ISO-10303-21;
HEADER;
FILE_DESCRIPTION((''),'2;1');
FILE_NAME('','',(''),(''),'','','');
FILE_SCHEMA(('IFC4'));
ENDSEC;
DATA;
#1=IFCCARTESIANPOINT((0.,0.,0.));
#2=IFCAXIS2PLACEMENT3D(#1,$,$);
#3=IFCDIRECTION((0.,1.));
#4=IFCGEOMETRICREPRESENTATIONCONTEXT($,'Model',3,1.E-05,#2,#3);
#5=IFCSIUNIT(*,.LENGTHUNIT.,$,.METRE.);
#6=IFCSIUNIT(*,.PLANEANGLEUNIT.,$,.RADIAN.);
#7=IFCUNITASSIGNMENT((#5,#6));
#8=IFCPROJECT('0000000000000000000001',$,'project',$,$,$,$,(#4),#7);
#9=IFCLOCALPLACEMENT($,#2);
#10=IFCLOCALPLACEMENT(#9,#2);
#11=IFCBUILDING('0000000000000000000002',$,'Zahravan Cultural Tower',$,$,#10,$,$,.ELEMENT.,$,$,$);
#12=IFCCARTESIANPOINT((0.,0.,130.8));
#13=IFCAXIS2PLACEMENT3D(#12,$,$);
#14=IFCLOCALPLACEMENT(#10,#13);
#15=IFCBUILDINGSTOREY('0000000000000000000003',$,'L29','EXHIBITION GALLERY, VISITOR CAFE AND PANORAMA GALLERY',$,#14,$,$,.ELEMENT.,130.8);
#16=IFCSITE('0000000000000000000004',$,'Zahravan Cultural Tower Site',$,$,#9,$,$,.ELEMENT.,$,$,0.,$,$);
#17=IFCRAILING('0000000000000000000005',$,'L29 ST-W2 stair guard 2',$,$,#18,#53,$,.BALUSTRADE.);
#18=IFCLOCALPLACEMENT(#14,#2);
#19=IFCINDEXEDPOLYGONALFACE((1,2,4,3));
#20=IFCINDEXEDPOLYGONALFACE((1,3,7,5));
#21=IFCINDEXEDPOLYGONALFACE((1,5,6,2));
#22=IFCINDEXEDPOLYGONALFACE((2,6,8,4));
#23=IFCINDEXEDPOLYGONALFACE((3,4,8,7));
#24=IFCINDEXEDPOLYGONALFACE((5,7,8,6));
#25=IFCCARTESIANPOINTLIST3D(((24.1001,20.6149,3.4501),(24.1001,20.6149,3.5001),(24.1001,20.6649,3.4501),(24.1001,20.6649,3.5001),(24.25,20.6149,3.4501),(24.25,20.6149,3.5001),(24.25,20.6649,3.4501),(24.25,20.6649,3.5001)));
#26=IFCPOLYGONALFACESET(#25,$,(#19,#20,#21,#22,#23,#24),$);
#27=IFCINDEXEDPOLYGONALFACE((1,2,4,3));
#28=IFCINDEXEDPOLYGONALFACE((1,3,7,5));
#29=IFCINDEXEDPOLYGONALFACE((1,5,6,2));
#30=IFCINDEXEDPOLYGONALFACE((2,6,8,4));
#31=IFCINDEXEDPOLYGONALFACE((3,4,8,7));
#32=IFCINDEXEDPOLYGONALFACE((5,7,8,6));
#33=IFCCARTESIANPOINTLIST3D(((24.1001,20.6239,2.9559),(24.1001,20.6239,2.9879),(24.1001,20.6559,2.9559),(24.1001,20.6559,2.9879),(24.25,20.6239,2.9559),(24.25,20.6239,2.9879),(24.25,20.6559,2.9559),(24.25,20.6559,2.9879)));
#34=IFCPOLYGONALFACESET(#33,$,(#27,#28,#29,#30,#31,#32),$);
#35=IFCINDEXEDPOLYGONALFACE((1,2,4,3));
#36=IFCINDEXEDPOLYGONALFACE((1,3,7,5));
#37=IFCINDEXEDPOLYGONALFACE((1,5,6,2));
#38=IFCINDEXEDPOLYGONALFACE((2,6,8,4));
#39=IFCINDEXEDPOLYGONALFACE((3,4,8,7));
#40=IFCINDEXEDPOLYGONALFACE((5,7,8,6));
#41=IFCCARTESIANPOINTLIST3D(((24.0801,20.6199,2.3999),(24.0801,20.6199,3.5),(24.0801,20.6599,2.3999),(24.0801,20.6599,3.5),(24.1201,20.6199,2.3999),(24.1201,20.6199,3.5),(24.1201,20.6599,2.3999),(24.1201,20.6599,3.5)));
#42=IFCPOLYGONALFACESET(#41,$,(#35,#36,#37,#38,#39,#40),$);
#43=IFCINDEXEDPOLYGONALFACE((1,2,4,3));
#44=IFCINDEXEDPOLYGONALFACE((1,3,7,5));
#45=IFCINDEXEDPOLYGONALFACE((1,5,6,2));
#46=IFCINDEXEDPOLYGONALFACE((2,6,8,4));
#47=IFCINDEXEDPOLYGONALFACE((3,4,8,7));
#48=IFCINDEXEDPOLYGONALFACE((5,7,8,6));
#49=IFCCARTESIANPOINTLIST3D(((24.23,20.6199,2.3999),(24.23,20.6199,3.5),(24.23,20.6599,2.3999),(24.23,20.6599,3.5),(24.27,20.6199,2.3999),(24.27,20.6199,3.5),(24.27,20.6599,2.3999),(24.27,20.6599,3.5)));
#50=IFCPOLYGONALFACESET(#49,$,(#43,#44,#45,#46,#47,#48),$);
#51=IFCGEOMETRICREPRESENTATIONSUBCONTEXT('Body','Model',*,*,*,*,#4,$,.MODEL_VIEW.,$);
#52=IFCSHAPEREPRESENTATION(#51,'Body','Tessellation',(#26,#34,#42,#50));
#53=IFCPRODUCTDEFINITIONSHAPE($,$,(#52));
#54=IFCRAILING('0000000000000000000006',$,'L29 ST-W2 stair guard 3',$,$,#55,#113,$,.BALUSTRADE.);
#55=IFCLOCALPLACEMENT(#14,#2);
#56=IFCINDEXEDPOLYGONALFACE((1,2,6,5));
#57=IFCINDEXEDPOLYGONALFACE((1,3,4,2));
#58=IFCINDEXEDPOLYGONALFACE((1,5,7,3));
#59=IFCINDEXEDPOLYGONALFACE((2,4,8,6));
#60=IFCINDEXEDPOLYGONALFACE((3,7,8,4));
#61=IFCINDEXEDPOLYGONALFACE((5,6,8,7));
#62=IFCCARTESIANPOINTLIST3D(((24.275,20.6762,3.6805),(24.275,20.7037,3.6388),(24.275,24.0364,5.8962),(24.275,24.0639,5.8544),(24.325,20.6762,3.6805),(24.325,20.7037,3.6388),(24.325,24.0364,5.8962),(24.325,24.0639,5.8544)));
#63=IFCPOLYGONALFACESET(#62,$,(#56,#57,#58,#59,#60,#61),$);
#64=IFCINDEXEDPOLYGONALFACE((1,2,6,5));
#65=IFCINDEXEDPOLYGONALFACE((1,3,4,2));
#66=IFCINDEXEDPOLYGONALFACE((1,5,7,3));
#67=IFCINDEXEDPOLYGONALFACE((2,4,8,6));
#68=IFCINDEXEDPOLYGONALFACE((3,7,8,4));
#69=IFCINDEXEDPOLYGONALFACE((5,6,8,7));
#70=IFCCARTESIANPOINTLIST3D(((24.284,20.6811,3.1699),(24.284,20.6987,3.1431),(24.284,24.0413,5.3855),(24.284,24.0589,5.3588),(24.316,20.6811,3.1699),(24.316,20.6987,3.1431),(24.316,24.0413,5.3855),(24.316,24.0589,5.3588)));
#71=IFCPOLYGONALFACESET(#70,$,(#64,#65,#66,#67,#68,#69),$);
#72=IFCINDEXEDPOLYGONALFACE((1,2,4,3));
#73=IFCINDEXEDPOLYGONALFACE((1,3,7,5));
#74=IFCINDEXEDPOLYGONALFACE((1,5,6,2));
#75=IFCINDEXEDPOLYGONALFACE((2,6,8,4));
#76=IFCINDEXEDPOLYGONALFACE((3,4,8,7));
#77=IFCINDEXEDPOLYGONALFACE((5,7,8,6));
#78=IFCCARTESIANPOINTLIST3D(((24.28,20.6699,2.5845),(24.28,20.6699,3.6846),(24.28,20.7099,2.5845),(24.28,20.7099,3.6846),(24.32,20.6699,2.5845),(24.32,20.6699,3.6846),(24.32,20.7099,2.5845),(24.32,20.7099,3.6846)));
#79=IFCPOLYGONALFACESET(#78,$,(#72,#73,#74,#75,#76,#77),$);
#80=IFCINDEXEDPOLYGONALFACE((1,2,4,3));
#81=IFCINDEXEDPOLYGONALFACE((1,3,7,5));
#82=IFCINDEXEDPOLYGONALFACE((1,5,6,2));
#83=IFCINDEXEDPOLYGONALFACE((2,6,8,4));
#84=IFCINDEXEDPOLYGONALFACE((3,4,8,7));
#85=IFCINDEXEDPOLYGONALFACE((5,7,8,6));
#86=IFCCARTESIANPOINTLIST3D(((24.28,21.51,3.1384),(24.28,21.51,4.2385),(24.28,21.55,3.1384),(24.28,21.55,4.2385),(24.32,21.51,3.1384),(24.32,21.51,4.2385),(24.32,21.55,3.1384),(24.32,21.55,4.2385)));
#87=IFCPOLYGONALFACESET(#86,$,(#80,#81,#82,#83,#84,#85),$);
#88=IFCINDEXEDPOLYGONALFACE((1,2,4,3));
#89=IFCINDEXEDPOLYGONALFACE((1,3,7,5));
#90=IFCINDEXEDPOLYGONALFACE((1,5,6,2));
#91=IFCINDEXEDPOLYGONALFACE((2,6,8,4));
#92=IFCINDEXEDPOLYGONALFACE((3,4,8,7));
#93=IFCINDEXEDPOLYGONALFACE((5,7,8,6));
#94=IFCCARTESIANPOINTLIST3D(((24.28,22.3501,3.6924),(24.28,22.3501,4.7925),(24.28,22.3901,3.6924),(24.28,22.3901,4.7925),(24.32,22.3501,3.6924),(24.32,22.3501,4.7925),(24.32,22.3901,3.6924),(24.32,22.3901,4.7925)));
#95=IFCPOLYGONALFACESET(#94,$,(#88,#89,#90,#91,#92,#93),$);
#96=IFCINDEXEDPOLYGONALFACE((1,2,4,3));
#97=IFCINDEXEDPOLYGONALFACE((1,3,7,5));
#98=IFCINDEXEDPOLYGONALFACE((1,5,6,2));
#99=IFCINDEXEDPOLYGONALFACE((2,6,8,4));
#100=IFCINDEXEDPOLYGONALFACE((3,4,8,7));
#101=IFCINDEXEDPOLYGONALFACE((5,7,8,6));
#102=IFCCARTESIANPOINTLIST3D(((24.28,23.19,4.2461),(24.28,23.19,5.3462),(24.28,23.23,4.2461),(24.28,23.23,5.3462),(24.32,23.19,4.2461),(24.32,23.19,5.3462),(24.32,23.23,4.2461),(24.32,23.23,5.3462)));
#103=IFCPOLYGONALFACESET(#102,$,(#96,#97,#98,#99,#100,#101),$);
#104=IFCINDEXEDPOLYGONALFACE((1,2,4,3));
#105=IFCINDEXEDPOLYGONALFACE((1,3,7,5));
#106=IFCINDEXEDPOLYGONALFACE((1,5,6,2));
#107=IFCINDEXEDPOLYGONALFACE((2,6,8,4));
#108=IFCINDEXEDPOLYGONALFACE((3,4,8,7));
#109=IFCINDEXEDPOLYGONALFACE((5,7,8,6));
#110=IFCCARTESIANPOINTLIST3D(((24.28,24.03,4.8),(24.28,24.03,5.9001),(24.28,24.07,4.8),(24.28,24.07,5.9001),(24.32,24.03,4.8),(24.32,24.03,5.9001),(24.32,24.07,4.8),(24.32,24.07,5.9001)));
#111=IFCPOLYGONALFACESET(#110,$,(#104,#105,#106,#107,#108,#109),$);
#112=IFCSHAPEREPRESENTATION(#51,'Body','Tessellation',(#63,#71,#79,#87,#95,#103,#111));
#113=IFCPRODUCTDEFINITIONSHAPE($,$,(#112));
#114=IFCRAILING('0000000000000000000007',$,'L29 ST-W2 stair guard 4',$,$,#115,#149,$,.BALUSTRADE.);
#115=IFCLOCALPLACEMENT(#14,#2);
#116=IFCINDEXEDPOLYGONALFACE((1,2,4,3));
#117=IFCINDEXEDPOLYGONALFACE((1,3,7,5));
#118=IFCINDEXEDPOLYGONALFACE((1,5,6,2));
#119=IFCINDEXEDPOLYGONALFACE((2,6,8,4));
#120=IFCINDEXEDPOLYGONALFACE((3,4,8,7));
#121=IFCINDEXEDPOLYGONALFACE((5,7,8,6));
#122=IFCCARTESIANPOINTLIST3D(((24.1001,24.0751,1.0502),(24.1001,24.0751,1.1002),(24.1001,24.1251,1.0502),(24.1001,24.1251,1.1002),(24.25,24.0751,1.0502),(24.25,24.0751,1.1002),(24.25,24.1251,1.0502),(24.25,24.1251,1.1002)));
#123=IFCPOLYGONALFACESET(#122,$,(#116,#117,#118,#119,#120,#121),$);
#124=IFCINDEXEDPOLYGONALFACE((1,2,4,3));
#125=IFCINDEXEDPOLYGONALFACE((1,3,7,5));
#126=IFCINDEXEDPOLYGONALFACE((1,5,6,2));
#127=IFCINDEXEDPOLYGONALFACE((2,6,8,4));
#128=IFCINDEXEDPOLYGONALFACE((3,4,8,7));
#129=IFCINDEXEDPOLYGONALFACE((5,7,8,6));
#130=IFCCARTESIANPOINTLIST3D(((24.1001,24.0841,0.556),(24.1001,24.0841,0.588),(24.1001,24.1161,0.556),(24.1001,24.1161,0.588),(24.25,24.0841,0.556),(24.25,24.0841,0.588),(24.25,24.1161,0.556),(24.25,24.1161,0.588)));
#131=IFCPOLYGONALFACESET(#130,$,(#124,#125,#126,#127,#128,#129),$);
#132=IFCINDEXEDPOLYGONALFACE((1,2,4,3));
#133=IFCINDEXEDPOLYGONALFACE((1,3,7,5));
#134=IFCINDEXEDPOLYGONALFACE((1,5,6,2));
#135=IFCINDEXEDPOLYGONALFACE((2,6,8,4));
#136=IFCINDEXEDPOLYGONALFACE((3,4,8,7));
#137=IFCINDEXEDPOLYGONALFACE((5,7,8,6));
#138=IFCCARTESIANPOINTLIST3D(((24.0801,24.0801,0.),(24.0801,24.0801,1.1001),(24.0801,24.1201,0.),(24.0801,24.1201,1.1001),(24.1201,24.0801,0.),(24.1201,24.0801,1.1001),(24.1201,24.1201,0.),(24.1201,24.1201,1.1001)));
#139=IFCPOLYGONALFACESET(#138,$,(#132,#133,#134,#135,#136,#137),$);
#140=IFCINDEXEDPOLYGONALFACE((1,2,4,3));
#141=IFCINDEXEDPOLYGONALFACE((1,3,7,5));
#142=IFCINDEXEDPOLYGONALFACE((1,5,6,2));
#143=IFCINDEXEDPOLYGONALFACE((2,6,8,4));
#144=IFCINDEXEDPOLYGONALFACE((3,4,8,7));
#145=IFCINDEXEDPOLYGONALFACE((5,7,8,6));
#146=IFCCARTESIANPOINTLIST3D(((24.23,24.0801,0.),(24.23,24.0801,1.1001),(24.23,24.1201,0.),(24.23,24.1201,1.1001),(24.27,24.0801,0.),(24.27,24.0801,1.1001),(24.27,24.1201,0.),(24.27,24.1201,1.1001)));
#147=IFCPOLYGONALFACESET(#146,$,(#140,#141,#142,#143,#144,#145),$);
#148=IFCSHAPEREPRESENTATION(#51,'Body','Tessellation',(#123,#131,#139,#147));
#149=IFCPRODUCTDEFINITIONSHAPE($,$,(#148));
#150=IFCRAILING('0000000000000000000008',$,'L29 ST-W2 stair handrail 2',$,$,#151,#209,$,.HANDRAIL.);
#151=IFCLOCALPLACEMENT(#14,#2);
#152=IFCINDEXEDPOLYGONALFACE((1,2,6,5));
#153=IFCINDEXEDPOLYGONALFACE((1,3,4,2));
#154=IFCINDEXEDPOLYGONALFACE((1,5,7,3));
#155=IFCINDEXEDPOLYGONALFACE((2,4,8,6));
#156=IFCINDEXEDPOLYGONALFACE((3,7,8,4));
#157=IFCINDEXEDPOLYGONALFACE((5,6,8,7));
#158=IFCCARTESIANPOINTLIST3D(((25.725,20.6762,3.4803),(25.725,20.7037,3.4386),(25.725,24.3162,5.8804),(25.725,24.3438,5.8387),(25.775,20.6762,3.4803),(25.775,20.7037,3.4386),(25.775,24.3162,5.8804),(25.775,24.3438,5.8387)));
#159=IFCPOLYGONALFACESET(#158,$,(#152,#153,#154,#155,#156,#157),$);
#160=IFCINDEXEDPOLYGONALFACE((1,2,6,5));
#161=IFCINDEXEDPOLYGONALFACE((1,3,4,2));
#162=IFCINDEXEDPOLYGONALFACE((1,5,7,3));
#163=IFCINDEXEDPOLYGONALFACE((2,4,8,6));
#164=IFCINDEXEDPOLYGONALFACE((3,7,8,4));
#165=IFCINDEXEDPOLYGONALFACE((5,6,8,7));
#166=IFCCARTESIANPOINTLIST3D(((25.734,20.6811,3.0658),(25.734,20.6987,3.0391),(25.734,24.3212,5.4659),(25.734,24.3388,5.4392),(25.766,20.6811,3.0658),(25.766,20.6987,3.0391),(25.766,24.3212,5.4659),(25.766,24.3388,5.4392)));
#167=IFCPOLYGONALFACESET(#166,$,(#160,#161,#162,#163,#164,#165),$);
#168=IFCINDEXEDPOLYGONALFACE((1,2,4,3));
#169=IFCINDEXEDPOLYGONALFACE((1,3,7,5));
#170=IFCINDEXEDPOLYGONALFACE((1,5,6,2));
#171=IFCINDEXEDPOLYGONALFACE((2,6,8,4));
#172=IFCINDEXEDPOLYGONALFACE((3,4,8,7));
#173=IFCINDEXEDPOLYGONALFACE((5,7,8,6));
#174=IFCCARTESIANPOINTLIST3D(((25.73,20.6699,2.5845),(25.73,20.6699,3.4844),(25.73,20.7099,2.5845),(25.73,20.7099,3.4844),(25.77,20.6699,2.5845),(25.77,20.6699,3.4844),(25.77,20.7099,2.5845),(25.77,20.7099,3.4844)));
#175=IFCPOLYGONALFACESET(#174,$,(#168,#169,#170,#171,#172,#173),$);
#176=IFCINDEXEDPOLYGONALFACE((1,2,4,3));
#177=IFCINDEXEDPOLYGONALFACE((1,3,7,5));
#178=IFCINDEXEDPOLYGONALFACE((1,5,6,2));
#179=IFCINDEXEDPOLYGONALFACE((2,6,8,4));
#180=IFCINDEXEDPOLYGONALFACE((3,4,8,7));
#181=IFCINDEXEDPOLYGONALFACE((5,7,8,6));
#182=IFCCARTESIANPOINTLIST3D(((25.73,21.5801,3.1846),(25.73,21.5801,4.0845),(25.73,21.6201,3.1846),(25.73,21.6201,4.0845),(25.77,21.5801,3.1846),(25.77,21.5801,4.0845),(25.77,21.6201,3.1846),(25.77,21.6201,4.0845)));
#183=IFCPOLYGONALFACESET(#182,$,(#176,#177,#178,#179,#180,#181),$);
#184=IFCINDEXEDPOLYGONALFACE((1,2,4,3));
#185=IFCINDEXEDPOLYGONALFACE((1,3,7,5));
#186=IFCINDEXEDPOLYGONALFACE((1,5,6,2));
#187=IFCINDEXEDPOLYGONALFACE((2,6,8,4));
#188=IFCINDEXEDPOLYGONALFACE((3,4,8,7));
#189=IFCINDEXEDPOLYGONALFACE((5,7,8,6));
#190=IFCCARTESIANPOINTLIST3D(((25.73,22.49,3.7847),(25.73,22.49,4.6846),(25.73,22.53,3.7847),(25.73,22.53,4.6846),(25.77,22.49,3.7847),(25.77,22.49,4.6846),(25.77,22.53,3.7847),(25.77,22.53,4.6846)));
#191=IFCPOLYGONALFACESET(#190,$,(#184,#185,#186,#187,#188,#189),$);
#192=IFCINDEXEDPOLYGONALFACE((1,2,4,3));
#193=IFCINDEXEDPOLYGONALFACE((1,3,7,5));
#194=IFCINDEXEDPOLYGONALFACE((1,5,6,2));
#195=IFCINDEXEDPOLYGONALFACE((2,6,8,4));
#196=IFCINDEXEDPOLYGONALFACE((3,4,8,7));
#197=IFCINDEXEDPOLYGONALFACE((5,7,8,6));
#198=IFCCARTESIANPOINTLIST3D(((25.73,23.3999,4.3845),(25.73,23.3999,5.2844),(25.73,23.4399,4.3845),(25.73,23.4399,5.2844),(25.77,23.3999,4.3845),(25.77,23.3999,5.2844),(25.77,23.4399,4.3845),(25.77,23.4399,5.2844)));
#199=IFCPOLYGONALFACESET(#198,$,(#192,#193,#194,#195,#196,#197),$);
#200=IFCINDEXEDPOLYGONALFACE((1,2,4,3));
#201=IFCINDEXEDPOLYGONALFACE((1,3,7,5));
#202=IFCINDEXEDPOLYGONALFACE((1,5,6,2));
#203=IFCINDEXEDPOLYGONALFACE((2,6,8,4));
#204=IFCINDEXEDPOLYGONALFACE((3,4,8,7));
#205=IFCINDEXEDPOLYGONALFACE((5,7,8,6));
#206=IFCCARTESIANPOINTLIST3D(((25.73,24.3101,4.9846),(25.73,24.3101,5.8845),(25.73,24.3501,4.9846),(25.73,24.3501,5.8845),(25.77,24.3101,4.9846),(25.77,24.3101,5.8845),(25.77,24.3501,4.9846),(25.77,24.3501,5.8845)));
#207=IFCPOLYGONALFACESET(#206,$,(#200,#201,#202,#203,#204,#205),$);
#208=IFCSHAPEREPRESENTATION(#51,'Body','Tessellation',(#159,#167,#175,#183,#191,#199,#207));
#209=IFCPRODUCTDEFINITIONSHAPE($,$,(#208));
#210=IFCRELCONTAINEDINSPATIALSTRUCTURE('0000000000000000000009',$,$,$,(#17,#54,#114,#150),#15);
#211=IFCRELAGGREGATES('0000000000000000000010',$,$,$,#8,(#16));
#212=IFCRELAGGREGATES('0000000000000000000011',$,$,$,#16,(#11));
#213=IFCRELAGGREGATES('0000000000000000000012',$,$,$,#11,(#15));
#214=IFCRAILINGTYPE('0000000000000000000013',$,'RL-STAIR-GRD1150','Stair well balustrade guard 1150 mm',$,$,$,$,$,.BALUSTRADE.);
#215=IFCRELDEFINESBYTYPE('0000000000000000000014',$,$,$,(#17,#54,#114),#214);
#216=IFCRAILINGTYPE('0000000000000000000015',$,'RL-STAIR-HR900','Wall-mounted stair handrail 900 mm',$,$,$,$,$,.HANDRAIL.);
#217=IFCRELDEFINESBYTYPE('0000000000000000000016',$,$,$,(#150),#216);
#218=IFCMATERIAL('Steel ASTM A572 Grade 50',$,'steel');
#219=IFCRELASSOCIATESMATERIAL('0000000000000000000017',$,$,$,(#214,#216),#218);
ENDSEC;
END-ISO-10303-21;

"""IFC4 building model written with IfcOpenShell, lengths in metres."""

from ifc_helpers import new_model, si_unit, direction, frame, origin, origin_2d, place, context, subcontext, project, spatial, rectangle, extrude, material, type_object, element, save


model = new_model("IFC4")

# Units and contexts
model_context = context("Model", 3, precision=1e-05, world=origin(), true_north=direction((0.0, 1.0)))
body_context = subcontext(model_context, "Body", "Model", "MODEL_VIEW")
ifc_project = project(units=[si_unit("LENGTHUNIT", "METRE"), si_unit("PLANEANGLEUNIT", "RADIAN")], contexts=[model_context])

# Site, building, storey
site_placement = place(None, origin())
site = spatial("IfcSite", under=ifc_project, at=site_placement, Name="Zahravan Cultural Tower Site", CompositionType="ELEMENT", RefElevation=0.0)
building_placement = place(site_placement, origin())
building = spatial("IfcBuilding", under=site, at=building_placement, Name="Zahravan Cultural Tower", CompositionType="ELEMENT")
storey_placement = place(building_placement, frame((0.0, 0.0, 130.8)))
storey = spatial("IfcBuildingStorey", under=building, at=storey_placement, Name="L29", Description="EXHIBITION GALLERY, VISITOR CAFE AND PANORAMA GALLERY", CompositionType="ELEMENT", Elevation=130.8)

# Shared definitions
ifc_material_1 = material(Name="Steel ASTM A572 Grade 50", Category="steel")

# Railings
railing_type_1 = type_object("IfcRailingType", Name="RL-STAIR-GRD1150", Description="Stair well balustrade guard 1150 mm", PredefinedType="BALUSTRADE", material=ifc_material_1)
railing_1_placement = place(storey_placement, frame((24.1001, 20.6399, 2.3999)))
element("IfcRailing", 1, at=railing_1_placement, inside=storey, type_object=railing_type_1, Name="L29 ST-W2 stair guard 2", PredefinedType="BALUSTRADE", context=body_context, shape_type="SweptSolid", body=[
    extrude(rectangle(XDim=0.05, YDim=0.05, at=origin_2d()), frame((0.0, 0.0, 1.0752), z_axis=(1.0, 0.0, 0.0), x_axis=(0.0, 1.0, 0.0)), (0.0, 0.0, 1.0), 0.1499),
    extrude(rectangle(XDim=0.032, YDim=0.032, at=origin_2d()), frame((0.0, 0.0, 0.572), z_axis=(1.0, 0.0, 0.0), x_axis=(0.0, 1.0, 0.0)), (0.0, 0.0, 1.0), 0.1499),
    extrude(rectangle(XDim=0.04, YDim=0.04, at=origin_2d()), origin(), (0.0, 0.0, 1.0), 1.1001),
    extrude(rectangle(XDim=0.04, YDim=0.04, at=origin_2d()), frame((0.1499, 0.0, 0.0)), (0.0, 0.0, 1.0), 1.1001),
])
railing_2_placement = place(storey_placement, frame((24.3, 20.6899, 2.5845)))
element("IfcRailing", 2, at=railing_2_placement, inside=storey, type_object=railing_type_1, Name="L29 ST-W2 stair guard 3", PredefinedType="BALUSTRADE", context=body_context, shape_type="SweptSolid", body=[
    extrude(rectangle(XDim=0.05, YDim=0.05, at=origin_2d()), frame((0.0, 0.0, 1.0752), z_axis=(0.0, 0.834849, 0.55048), x_axis=(-1.0, 0.0, 0.0)), (0.0, 0.0, 1.0), 4.0249),
    extrude(rectangle(XDim=0.032, YDim=0.032, at=origin_2d()), frame((0.0, 0.0, 0.572), z_axis=(0.0, 0.834849, 0.55048), x_axis=(-1.0, 0.0, 0.0)), (0.0, 0.0, 1.0), 4.0249),
    extrude(rectangle(XDim=0.04, YDim=0.04, at=origin_2d()), origin(), (0.0, 0.0, 1.0), 1.1001),
    extrude(rectangle(XDim=0.04, YDim=0.04, at=origin_2d()), frame((0.0, 0.8401, 0.554)), (0.0, 0.0, 1.0), 1.1001),
    extrude(rectangle(XDim=0.04, YDim=0.04, at=origin_2d()), frame((0.0, 1.6802, 1.1079)), (0.0, 0.0, 1.0), 1.1001),
    extrude(rectangle(XDim=0.04, YDim=0.04, at=origin_2d()), frame((0.0, 2.52, 1.6616)), (0.0, 0.0, 1.0), 1.1001),
    extrude(rectangle(XDim=0.04, YDim=0.04, at=origin_2d()), frame((0.0, 3.3601, 2.2156)), (0.0, 0.0, 1.0), 1.1001),
])
railing_3_placement = place(storey_placement, frame((24.1001, 24.1001, 0.0)))
element("IfcRailing", 3, at=railing_3_placement, inside=storey, type_object=railing_type_1, Name="L29 ST-W2 stair guard 4", PredefinedType="BALUSTRADE", context=body_context, shape_type="SweptSolid", body=[
    extrude(rectangle(XDim=0.05, YDim=0.05, at=origin_2d()), frame((0.0, 0.0, 1.0752), z_axis=(1.0, 0.0, 0.0), x_axis=(0.0, 1.0, 0.0)), (0.0, 0.0, 1.0), 0.1499),
    extrude(rectangle(XDim=0.032, YDim=0.032, at=origin_2d()), frame((0.0, 0.0, 0.572), z_axis=(1.0, 0.0, 0.0), x_axis=(0.0, 1.0, 0.0)), (0.0, 0.0, 1.0), 0.1499),
    extrude(rectangle(XDim=0.04, YDim=0.04, at=origin_2d()), origin(), (0.0, 0.0, 1.0), 1.1001),
    extrude(rectangle(XDim=0.04, YDim=0.04, at=origin_2d()), frame((0.1499, 0.0, 0.0)), (0.0, 0.0, 1.0), 1.1001),
])
railing_type_2 = type_object("IfcRailingType", Name="RL-STAIR-HR900", Description="Wall-mounted stair handrail 900 mm", PredefinedType="HANDRAIL", material=ifc_material_1)
railing_4_placement = place(storey_placement, frame((25.75, 20.6899, 2.5845)))
element("IfcRailing", 4, at=railing_4_placement, inside=storey, type_object=railing_type_2, Name="L29 ST-W2 stair handrail 2", PredefinedType="HANDRAIL", context=body_context, shape_type="SweptSolid", body=[
    extrude(rectangle(XDim=0.05, YDim=0.05, at=origin_2d()), frame((0.0, 0.0, 0.875), z_axis=(0.0, 0.834856, 0.550468), x_axis=(-1.0, 0.0, 0.0)), (0.0, 0.0, 1.0), 4.3601),
    extrude(rectangle(XDim=0.032, YDim=0.032, at=origin_2d()), frame((0.0, 0.0, 0.468), z_axis=(0.0, 0.834856, 0.550468), x_axis=(-1.0, 0.0, 0.0)), (0.0, 0.0, 1.0), 4.3601),
    extrude(rectangle(XDim=0.04, YDim=0.04, at=origin_2d()), origin(), (0.0, 0.0, 1.0), 0.8999),
    extrude(rectangle(XDim=0.04, YDim=0.04, at=origin_2d()), frame((0.0, 0.9102, 0.6001)), (0.0, 0.0, 1.0), 0.8999),
    extrude(rectangle(XDim=0.04, YDim=0.04, at=origin_2d()), frame((0.0, 1.8201, 1.2002)), (0.0, 0.0, 1.0), 0.8999),
    extrude(rectangle(XDim=0.04, YDim=0.04, at=origin_2d()), frame((0.0, 2.73, 1.8)), (0.0, 0.0, 1.0), 0.8999),
    extrude(rectangle(XDim=0.04, YDim=0.04, at=origin_2d()), frame((0.0, 3.6401, 2.4001)), (0.0, 0.0, 1.0), 0.8999),
])

save(model, "model.ifc")
